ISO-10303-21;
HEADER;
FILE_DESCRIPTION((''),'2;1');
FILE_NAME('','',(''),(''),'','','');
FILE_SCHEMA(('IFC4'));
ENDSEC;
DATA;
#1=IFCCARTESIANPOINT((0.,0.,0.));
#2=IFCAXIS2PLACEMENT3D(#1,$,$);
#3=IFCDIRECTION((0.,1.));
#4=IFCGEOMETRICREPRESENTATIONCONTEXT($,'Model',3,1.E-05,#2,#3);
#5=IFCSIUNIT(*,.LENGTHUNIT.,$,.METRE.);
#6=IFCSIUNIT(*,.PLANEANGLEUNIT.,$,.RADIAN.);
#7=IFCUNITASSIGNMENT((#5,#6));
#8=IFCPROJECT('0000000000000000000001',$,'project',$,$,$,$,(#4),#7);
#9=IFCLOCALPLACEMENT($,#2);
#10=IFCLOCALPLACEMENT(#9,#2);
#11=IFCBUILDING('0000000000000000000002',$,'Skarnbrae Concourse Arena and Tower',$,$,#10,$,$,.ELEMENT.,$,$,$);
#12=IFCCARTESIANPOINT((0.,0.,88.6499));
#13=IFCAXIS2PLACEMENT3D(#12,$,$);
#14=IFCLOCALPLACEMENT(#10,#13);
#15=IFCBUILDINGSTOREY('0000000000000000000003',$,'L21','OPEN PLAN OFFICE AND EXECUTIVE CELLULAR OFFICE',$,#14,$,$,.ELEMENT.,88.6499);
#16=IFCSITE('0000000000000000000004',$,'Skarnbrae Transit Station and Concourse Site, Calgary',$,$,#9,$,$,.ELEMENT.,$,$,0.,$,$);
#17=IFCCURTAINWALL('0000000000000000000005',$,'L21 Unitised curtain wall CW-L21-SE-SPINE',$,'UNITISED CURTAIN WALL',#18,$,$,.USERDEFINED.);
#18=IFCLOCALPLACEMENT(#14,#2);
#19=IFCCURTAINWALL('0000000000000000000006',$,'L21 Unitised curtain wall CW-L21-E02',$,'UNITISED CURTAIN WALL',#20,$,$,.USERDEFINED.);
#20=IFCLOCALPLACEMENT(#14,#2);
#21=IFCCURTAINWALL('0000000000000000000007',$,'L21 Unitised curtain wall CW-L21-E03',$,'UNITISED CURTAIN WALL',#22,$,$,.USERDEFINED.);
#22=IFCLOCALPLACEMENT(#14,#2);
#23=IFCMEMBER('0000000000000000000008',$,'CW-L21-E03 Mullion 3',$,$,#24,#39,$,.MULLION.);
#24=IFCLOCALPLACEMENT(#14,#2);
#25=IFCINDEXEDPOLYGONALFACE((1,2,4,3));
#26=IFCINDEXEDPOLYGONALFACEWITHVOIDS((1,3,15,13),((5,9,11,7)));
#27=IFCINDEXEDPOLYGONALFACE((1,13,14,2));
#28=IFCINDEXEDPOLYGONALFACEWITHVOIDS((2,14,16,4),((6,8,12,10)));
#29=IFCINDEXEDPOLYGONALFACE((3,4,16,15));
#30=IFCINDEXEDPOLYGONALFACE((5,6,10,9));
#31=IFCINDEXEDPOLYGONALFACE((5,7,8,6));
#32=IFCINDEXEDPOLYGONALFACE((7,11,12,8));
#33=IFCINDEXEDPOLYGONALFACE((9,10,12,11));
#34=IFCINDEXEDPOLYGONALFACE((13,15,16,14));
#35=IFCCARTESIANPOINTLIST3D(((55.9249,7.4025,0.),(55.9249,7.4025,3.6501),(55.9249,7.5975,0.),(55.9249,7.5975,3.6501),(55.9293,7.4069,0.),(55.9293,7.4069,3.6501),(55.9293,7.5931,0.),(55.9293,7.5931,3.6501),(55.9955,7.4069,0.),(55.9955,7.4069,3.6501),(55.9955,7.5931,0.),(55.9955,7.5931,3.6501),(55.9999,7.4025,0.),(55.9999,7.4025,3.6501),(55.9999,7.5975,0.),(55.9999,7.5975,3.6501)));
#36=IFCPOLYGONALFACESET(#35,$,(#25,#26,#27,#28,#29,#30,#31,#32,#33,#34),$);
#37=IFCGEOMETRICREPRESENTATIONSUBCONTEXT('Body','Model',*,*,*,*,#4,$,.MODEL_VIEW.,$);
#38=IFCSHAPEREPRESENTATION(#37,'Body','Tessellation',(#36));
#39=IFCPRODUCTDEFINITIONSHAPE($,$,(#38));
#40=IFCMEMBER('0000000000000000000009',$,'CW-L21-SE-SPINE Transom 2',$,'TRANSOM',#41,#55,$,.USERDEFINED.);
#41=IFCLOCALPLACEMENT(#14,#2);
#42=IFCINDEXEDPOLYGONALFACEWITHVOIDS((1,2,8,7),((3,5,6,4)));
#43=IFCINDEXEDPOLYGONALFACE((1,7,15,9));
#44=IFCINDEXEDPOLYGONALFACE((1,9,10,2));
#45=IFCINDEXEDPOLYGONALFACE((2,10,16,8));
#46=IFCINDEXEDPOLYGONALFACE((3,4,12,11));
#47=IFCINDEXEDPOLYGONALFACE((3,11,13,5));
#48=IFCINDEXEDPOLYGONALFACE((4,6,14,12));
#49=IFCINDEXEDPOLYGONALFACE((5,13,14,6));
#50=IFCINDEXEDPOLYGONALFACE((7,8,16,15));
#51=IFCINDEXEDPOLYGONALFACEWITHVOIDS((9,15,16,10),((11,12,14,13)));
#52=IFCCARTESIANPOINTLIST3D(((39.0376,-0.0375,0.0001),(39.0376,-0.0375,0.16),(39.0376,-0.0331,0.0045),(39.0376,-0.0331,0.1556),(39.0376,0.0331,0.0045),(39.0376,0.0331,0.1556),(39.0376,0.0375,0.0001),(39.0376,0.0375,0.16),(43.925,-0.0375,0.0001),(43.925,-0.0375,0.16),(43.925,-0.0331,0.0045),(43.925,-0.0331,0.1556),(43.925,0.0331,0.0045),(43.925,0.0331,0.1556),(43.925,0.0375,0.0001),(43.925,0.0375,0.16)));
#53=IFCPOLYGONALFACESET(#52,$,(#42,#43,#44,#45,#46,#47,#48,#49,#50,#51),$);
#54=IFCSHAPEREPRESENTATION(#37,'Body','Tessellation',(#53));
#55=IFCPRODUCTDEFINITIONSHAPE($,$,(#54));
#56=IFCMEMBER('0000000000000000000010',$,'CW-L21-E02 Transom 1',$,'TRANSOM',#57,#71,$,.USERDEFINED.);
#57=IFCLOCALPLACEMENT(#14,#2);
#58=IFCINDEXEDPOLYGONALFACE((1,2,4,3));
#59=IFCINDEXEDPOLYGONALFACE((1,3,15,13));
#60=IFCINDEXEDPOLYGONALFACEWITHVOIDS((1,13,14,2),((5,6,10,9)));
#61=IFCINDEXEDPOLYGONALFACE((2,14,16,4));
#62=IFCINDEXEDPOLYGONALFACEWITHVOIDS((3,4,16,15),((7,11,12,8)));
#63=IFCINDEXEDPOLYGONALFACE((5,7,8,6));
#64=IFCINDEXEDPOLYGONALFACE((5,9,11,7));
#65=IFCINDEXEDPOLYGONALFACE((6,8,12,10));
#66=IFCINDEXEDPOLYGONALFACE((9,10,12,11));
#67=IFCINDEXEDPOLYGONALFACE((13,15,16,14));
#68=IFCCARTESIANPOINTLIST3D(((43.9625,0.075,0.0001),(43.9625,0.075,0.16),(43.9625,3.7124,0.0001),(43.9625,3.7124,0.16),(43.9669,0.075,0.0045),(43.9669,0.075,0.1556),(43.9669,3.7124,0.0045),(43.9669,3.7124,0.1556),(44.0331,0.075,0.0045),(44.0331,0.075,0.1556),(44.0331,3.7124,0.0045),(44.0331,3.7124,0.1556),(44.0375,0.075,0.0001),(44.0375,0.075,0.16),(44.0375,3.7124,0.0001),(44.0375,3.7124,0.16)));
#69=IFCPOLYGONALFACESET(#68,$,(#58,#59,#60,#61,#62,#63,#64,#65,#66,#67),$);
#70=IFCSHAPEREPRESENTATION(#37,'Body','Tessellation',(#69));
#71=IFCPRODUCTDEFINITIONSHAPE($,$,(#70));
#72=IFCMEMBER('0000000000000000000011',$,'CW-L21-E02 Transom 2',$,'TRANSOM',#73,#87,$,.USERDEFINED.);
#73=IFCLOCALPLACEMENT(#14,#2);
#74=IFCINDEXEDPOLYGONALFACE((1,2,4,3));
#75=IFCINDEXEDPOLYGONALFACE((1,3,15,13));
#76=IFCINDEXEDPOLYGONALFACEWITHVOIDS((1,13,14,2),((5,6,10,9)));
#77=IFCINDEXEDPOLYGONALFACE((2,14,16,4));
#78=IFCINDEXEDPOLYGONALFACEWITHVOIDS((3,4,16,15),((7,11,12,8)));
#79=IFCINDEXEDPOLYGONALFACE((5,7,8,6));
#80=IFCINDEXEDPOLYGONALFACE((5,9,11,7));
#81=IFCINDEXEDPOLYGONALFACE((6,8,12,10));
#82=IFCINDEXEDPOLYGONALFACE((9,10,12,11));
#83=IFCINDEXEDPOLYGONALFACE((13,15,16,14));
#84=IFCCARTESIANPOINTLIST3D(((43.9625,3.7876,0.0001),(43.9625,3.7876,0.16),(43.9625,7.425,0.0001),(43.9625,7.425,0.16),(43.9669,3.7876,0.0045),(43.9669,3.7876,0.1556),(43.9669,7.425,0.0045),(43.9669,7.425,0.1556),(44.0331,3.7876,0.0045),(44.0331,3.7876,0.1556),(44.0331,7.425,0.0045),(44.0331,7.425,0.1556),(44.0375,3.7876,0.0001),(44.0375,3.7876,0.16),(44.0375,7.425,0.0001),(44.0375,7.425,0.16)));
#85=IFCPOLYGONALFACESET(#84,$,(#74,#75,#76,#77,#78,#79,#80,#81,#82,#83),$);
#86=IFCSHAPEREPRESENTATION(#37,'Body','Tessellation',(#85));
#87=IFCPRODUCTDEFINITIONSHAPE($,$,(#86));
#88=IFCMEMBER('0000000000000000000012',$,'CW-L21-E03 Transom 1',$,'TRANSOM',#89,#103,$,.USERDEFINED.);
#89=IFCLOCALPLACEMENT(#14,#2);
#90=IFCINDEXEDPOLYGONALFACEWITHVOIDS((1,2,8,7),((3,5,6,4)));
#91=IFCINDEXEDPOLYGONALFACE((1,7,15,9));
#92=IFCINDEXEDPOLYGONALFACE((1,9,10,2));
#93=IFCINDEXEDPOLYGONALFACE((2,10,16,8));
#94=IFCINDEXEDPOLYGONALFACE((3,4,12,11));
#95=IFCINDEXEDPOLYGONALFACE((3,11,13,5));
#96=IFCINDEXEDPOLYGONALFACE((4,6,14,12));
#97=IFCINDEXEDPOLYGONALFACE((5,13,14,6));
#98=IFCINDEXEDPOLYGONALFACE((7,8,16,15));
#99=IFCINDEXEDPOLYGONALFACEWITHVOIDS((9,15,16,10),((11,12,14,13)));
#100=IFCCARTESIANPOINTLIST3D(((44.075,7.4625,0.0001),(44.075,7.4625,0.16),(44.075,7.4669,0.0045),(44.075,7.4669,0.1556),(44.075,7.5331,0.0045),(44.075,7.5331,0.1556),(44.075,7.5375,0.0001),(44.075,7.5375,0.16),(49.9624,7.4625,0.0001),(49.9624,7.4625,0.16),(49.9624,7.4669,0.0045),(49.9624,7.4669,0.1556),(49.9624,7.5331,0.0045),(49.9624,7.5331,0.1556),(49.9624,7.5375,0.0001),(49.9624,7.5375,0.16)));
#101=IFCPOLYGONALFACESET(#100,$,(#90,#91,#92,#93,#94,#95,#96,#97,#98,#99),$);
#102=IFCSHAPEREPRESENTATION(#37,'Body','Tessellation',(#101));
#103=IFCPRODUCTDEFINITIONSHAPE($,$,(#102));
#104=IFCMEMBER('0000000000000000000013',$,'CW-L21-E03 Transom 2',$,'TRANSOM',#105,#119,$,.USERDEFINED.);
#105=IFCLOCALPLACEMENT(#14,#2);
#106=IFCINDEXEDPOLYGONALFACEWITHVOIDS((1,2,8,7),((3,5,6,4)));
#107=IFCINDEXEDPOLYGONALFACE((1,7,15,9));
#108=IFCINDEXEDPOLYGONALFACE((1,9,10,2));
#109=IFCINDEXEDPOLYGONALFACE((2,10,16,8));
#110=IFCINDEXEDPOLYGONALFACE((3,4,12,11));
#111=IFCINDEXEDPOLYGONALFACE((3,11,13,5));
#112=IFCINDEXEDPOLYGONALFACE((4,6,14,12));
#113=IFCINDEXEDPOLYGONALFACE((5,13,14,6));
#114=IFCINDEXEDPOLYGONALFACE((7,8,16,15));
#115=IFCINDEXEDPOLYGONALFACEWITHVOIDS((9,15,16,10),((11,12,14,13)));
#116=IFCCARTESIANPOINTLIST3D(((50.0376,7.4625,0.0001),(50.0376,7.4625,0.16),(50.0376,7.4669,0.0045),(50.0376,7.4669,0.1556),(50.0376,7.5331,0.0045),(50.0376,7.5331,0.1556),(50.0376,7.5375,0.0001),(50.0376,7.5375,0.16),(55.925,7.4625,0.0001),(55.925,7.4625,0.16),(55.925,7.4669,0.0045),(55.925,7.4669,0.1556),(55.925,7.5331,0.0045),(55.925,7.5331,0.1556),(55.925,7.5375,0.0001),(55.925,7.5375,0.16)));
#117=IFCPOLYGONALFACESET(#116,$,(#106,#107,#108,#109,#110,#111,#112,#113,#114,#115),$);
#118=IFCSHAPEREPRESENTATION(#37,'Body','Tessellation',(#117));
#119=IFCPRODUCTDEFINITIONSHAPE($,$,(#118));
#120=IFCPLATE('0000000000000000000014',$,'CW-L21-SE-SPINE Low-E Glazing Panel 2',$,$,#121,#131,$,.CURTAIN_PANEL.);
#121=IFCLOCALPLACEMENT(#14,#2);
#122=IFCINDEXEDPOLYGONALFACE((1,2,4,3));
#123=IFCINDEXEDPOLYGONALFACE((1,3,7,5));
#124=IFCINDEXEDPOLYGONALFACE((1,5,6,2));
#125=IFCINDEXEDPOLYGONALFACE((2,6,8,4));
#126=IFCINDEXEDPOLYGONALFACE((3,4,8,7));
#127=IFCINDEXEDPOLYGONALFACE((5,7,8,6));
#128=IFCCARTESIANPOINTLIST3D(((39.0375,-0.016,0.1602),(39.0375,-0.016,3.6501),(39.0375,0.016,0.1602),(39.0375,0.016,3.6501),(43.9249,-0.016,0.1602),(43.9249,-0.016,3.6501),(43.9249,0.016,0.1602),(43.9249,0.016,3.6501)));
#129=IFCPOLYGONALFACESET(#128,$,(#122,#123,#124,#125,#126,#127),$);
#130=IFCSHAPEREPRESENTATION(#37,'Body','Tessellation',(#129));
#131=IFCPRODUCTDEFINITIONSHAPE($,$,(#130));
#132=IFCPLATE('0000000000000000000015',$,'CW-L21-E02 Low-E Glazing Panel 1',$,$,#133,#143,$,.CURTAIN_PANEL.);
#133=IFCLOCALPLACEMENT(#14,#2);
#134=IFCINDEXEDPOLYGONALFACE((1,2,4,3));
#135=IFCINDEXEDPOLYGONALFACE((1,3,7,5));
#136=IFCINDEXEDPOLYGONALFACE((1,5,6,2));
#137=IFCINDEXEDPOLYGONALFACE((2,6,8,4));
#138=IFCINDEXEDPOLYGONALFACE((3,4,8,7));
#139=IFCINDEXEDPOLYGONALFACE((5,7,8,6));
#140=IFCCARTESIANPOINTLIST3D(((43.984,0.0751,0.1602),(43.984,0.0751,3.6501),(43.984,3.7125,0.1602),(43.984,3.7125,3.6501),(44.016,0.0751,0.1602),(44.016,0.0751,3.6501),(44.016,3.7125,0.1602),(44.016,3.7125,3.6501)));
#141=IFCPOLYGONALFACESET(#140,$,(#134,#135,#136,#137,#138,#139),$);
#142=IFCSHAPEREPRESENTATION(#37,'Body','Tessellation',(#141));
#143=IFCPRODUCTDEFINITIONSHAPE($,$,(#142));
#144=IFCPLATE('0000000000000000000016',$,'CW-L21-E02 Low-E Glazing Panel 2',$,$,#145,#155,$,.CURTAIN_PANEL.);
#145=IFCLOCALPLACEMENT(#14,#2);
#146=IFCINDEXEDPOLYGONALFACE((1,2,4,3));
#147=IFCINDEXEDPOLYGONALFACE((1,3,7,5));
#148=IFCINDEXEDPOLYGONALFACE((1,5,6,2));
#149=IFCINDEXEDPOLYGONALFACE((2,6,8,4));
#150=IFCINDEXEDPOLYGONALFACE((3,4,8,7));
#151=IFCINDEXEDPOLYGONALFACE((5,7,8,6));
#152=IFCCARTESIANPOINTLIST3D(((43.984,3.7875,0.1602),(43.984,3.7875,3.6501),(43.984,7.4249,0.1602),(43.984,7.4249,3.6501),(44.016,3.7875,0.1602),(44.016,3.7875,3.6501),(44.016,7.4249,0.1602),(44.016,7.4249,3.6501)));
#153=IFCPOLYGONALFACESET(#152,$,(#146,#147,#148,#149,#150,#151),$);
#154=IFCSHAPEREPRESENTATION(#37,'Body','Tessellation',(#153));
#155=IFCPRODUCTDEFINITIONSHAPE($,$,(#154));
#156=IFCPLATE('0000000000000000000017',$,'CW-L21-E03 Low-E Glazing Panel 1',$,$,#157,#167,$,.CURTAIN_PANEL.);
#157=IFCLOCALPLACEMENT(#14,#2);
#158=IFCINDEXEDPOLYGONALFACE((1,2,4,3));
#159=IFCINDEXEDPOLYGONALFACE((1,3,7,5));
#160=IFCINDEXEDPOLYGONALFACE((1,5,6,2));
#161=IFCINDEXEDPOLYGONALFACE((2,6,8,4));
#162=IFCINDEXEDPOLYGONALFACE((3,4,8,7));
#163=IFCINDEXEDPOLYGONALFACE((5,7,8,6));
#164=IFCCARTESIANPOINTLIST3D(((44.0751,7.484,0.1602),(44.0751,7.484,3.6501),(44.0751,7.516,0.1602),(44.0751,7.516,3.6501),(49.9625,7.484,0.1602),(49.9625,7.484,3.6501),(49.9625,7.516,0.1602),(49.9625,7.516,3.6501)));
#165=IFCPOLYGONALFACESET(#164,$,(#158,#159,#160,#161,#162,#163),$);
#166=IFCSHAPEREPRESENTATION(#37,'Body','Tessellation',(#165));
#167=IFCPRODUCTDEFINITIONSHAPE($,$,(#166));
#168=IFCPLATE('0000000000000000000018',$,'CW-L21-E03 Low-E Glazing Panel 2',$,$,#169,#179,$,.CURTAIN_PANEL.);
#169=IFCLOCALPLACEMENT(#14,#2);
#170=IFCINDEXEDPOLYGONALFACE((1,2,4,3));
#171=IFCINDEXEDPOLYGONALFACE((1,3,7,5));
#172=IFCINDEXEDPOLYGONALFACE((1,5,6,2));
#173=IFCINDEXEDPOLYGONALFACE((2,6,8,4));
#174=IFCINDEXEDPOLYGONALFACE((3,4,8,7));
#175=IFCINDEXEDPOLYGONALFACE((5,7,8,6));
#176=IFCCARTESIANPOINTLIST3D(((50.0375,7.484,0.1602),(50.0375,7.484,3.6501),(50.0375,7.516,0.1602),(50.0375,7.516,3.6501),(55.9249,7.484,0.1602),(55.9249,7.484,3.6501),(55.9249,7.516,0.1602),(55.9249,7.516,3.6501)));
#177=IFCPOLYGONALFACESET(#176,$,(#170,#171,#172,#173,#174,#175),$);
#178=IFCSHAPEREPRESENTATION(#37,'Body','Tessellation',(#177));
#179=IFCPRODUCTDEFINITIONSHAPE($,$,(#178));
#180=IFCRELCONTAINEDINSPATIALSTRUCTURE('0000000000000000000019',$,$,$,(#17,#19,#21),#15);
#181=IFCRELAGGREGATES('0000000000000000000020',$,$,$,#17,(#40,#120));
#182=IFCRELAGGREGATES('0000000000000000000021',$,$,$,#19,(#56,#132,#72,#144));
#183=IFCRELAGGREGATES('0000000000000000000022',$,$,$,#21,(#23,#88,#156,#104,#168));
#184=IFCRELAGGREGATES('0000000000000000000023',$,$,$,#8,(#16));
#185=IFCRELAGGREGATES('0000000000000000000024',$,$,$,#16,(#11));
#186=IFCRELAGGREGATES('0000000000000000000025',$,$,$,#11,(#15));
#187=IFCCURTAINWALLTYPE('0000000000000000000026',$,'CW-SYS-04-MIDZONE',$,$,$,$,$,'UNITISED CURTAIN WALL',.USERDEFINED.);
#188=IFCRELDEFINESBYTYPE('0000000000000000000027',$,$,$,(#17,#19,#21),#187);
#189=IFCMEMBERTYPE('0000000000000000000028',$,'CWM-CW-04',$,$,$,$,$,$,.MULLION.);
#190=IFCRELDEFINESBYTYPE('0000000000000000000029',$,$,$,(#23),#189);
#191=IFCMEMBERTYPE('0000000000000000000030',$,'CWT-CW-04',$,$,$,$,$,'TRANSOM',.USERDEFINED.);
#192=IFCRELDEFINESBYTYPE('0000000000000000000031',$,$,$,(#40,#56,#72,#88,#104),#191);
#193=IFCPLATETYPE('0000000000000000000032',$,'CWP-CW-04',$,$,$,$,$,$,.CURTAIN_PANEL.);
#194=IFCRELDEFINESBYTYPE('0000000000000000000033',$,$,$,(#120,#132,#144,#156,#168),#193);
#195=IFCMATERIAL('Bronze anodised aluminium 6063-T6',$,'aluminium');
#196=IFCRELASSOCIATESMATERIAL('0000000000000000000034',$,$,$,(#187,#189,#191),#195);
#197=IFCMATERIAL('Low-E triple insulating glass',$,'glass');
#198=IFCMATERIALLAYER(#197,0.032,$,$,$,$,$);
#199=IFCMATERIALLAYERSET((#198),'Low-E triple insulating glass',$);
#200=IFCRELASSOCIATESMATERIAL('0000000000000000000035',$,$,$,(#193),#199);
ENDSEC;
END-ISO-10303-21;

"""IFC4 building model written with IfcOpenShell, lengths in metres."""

from ifc_helpers import new_model, si_unit, direction, frame, origin, origin_2d, place, context, subcontext, project, spatial, rectangle, hollow_rectangle, extrude, source, transform, mapped, material, layer, layer_set, material_profile, profile_set, type_object, element, aggregate, save


model = new_model("IFC4")

# Units and contexts
model_context = context("Model", 3, precision=1e-05, world=origin(), true_north=direction((0.0, 1.0)))
body_context = subcontext(model_context, "Body", "Model", "MODEL_VIEW")
ifc_project = project(units=[si_unit("LENGTHUNIT", "METRE"), si_unit("PLANEANGLEUNIT", "RADIAN")], contexts=[model_context])

# Site, building, storey
site_placement = place(None, origin())
site = spatial("IfcSite", under=ifc_project, at=site_placement, Name="Skarnbrae Transit Station and Concourse Site, Calgary", CompositionType="ELEMENT", RefElevation=0.0)
building_placement = place(site_placement, origin())
building = spatial("IfcBuilding", under=site, at=building_placement, Name="Skarnbrae Concourse Arena and Tower", CompositionType="ELEMENT")
storey_placement = place(building_placement, frame((0.0, 0.0, 88.6499)))
storey = spatial("IfcBuildingStorey", under=building, at=storey_placement, Name="L21", Description="OPEN PLAN OFFICE AND EXECUTIVE CELLULAR OFFICE", CompositionType="ELEMENT", Elevation=88.6499)

# Curtain walls, member
ifc_material_1 = material(Name="Bronze anodised aluminium 6063-T6", Category="aluminium")
curtain_wall_type = type_object("IfcCurtainWallType", Name="CW-SYS-04-MIDZONE", ElementType="UNITISED CURTAIN WALL", PredefinedType="USERDEFINED", material=ifc_material_1)
curtain_wall_1_placement = place(storey_placement, origin())
curtain_wall_1 = element("IfcCurtainWall", 1, at=curtain_wall_1_placement, inside=storey, type_object=curtain_wall_type, Name="L21 Unitised curtain wall CW-L21-SE-SPINE", ObjectType="UNITISED CURTAIN WALL", PredefinedType="USERDEFINED")
ifc_material_profile_1 = material_profile(ifc_material_1, hollow_rectangle(XDim=0.075, YDim=0.1951, WallThickness=0.0044, at=origin_2d()), Name="ALU-MULL-75X195")
ifc_profile_set_1 = profile_set([ifc_material_profile_1], Name="Bronze anodised aluminium 6063-T6")
member_type_1 = type_object("IfcMemberType", Name="CWM-CW-04", PredefinedType="MULLION", material=ifc_profile_set_1)
shared_shape_1 = source(origin(), body_context, "Body", "SweptSolid", [
    extrude(hollow_rectangle(XDim=0.075, YDim=0.1951, WallThickness=0.0044, at=origin_2d()), origin(), (0.0, 0.0, 1.0), 3.6501),
])
curtain_wall_2_placement = place(storey_placement, origin())
curtain_wall_2 = element("IfcCurtainWall", 2, at=curtain_wall_2_placement, inside=storey, type_object=curtain_wall_type, Name="L21 Unitised curtain wall CW-L21-E02", ObjectType="UNITISED CURTAIN WALL", PredefinedType="USERDEFINED")
curtain_wall_3_placement = place(storey_placement, origin())
curtain_wall_3 = element("IfcCurtainWall", 3, at=curtain_wall_3_placement, inside=storey, type_object=curtain_wall_type, Name="L21 Unitised curtain wall CW-L21-E03", ObjectType="UNITISED CURTAIN WALL", PredefinedType="USERDEFINED")
member_1_placement = place(storey_placement, frame((55.9624, 7.5, 0.0), z_axis=(0.0, 0.0, 1.0), x_axis=(1.0, 0.0, 0.0)))
member_1 = element("IfcMember", 4, at=member_1_placement, type_object=member_type_1, Name="CW-L21-E03 Mullion 3", PredefinedType="MULLION", context=body_context, shape_type="MappedRepresentation", body=[
    mapped(shared_shape_1, transform((0.0, 0.0, 0.0))),
])

# Members
ifc_material_profile_2 = material_profile(ifc_material_1, hollow_rectangle(XDim=0.075, YDim=0.1599, WallThickness=0.0044, at=origin_2d()), Name="ALU-TRAN-75X160")
ifc_profile_set_2 = profile_set([ifc_material_profile_2], Name="Bronze anodised aluminium 6063-T6")
member_type_2 = type_object("IfcMemberType", Name="CWT-CW-04", ElementType="TRANSOM", PredefinedType="USERDEFINED", material=ifc_profile_set_2)
shared_shape_2 = source(origin(), body_context, "Body", "SweptSolid", [
    extrude(hollow_rectangle(XDim=0.075, YDim=0.1599, WallThickness=0.0044, at=origin_2d()), origin(), (0.0, 0.0, 1.0), 4.8875),
])
member_2_placement = place(storey_placement, frame((39.0376, 0.0, 0.0801), z_axis=(1.0, 0.0, 0.0), x_axis=(0.0, 1.0, 0.0)))
member_2 = element("IfcMember", 5, at=member_2_placement, type_object=member_type_2, Name="CW-L21-SE-SPINE Transom 2", ObjectType="TRANSOM", PredefinedType="USERDEFINED", context=body_context, shape_type="MappedRepresentation", body=[
    mapped(shared_shape_2, transform((0.0, 0.0, 0.0))),
])
shared_shape_3 = source(origin(), body_context, "Body", "SweptSolid", [
    extrude(hollow_rectangle(XDim=0.075, YDim=0.1599, WallThickness=0.0044, at=origin_2d()), origin(), (0.0, 0.0, 1.0), 3.6375),
])
member_3_placement = place(storey_placement, frame((44.0, 0.075, 0.0801), z_axis=(0.0, 1.0, 0.0), x_axis=(-1.0, 0.0, 0.0)))
member_3 = element("IfcMember", 6, at=member_3_placement, type_object=member_type_2, Name="CW-L21-E02 Transom 1", ObjectType="TRANSOM", PredefinedType="USERDEFINED", context=body_context, shape_type="MappedRepresentation", body=[
    mapped(shared_shape_3, transform((0.0, 0.0, 0.0))),
])
member_4_placement = place(storey_placement, frame((44.0, 3.7876, 0.0801), z_axis=(0.0, 1.0, 0.0), x_axis=(-1.0, 0.0, 0.0)))
member_4 = element("IfcMember", 7, at=member_4_placement, type_object=member_type_2, Name="CW-L21-E02 Transom 2", ObjectType="TRANSOM", PredefinedType="USERDEFINED", context=body_context, shape_type="MappedRepresentation", body=[
    mapped(shared_shape_3, transform((0.0, 0.0, 0.0))),
])
shared_shape_4 = source(origin(), body_context, "Body", "SweptSolid", [
    extrude(hollow_rectangle(XDim=0.075, YDim=0.1599, WallThickness=0.0044, at=origin_2d()), origin(), (0.0, 0.0, 1.0), 5.8875),
])
member_5_placement = place(storey_placement, frame((44.075, 7.5, 0.0801), z_axis=(1.0, 0.0, 0.0), x_axis=(0.0, 1.0, 0.0)))
member_5 = element("IfcMember", 8, at=member_5_placement, type_object=member_type_2, Name="CW-L21-E03 Transom 1", ObjectType="TRANSOM", PredefinedType="USERDEFINED", context=body_context, shape_type="MappedRepresentation", body=[
    mapped(shared_shape_4, transform((0.0, 0.0, 0.0))),
])
member_6_placement = place(storey_placement, frame((50.0376, 7.5, 0.0801), z_axis=(1.0, 0.0, 0.0), x_axis=(0.0, 1.0, 0.0)))
member_6 = element("IfcMember", 9, at=member_6_placement, type_object=member_type_2, Name="CW-L21-E03 Transom 2", ObjectType="TRANSOM", PredefinedType="USERDEFINED", context=body_context, shape_type="MappedRepresentation", body=[
    mapped(shared_shape_4, transform((0.0, 0.0, 0.0))),
])

# Plates
ifc_material_2 = material(Name="Low-E triple insulating glass", Category="glass")
ifc_layer_1 = layer(ifc_material_2, 0.032)
ifc_layer_set_1 = layer_set([ifc_layer_1], Name="Low-E triple insulating glass")
plate_type = type_object("IfcPlateType", Name="CWP-CW-04", PredefinedType="CURTAIN_PANEL", material=ifc_layer_set_1)
shared_shape_5 = source(origin(), body_context, "Body", "SweptSolid", [
    extrude(rectangle(XDim=4.8875, YDim=0.032, at=origin_2d()), origin(), (0.0, 0.0, 1.0), 3.49),
])
plate_1_placement = place(storey_placement, frame((41.4812, 0.0, 0.1602), z_axis=(0.0, 0.0, 1.0), x_axis=(1.0, 0.0, 0.0)))
plate_1 = element("IfcPlate", 10, at=plate_1_placement, type_object=plate_type, Name="CW-L21-SE-SPINE Low-E Glazing Panel 2", PredefinedType="CURTAIN_PANEL", context=body_context, shape_type="MappedRepresentation", body=[
    mapped(shared_shape_5, transform((0.0, 0.0, 0.0))),
])
aggregate(curtain_wall_1, [member_2, plate_1])
shared_shape_6 = source(origin(), body_context, "Body", "SweptSolid", [
    extrude(rectangle(XDim=3.6375, YDim=0.032, at=origin_2d()), origin(), (0.0, 0.0, 1.0), 3.49),
])
plate_2_placement = place(storey_placement, frame((44.0, 1.8938, 0.1602), z_axis=(0.0, 0.0, 1.0), x_axis=(0.0, 1.0, 0.0)))
plate_2 = element("IfcPlate", 11, at=plate_2_placement, type_object=plate_type, Name="CW-L21-E02 Low-E Glazing Panel 1", PredefinedType="CURTAIN_PANEL", context=body_context, shape_type="MappedRepresentation", body=[
    mapped(shared_shape_6, transform((0.0, 0.0, 0.0))),
])
plate_3_placement = place(storey_placement, frame((44.0, 5.6062, 0.1602), z_axis=(0.0, 0.0, 1.0), x_axis=(0.0, 1.0, 0.0)))
plate_3 = element("IfcPlate", 12, at=plate_3_placement, type_object=plate_type, Name="CW-L21-E02 Low-E Glazing Panel 2", PredefinedType="CURTAIN_PANEL", context=body_context, shape_type="MappedRepresentation", body=[
    mapped(shared_shape_6, transform((0.0, 0.0, 0.0))),
])
aggregate(curtain_wall_2, [member_3, plate_2, member_4, plate_3])
shared_shape_7 = source(origin(), body_context, "Body", "SweptSolid", [
    extrude(rectangle(XDim=5.8875, YDim=0.032, at=origin_2d()), origin(), (0.0, 0.0, 1.0), 3.49),
])
plate_4_placement = place(storey_placement, frame((47.0188, 7.5, 0.1602), z_axis=(0.0, 0.0, 1.0), x_axis=(1.0, 0.0, 0.0)))
plate_4 = element("IfcPlate", 13, at=plate_4_placement, type_object=plate_type, Name="CW-L21-E03 Low-E Glazing Panel 1", PredefinedType="CURTAIN_PANEL", context=body_context, shape_type="MappedRepresentation", body=[
    mapped(shared_shape_7, transform((0.0, 0.0, 0.0))),
])
plate_5_placement = place(storey_placement, frame((52.9812, 7.5, 0.1602), z_axis=(0.0, 0.0, 1.0), x_axis=(1.0, 0.0, 0.0)))
plate_5 = element("IfcPlate", 14, at=plate_5_placement, type_object=plate_type, Name="CW-L21-E03 Low-E Glazing Panel 2", PredefinedType="CURTAIN_PANEL", context=body_context, shape_type="MappedRepresentation", body=[
    mapped(shared_shape_7, transform((0.0, 0.0, 0.0))),
])
aggregate(curtain_wall_3, [member_1, member_5, plate_4, member_6, plate_5])

save(model, "model.ifc")
